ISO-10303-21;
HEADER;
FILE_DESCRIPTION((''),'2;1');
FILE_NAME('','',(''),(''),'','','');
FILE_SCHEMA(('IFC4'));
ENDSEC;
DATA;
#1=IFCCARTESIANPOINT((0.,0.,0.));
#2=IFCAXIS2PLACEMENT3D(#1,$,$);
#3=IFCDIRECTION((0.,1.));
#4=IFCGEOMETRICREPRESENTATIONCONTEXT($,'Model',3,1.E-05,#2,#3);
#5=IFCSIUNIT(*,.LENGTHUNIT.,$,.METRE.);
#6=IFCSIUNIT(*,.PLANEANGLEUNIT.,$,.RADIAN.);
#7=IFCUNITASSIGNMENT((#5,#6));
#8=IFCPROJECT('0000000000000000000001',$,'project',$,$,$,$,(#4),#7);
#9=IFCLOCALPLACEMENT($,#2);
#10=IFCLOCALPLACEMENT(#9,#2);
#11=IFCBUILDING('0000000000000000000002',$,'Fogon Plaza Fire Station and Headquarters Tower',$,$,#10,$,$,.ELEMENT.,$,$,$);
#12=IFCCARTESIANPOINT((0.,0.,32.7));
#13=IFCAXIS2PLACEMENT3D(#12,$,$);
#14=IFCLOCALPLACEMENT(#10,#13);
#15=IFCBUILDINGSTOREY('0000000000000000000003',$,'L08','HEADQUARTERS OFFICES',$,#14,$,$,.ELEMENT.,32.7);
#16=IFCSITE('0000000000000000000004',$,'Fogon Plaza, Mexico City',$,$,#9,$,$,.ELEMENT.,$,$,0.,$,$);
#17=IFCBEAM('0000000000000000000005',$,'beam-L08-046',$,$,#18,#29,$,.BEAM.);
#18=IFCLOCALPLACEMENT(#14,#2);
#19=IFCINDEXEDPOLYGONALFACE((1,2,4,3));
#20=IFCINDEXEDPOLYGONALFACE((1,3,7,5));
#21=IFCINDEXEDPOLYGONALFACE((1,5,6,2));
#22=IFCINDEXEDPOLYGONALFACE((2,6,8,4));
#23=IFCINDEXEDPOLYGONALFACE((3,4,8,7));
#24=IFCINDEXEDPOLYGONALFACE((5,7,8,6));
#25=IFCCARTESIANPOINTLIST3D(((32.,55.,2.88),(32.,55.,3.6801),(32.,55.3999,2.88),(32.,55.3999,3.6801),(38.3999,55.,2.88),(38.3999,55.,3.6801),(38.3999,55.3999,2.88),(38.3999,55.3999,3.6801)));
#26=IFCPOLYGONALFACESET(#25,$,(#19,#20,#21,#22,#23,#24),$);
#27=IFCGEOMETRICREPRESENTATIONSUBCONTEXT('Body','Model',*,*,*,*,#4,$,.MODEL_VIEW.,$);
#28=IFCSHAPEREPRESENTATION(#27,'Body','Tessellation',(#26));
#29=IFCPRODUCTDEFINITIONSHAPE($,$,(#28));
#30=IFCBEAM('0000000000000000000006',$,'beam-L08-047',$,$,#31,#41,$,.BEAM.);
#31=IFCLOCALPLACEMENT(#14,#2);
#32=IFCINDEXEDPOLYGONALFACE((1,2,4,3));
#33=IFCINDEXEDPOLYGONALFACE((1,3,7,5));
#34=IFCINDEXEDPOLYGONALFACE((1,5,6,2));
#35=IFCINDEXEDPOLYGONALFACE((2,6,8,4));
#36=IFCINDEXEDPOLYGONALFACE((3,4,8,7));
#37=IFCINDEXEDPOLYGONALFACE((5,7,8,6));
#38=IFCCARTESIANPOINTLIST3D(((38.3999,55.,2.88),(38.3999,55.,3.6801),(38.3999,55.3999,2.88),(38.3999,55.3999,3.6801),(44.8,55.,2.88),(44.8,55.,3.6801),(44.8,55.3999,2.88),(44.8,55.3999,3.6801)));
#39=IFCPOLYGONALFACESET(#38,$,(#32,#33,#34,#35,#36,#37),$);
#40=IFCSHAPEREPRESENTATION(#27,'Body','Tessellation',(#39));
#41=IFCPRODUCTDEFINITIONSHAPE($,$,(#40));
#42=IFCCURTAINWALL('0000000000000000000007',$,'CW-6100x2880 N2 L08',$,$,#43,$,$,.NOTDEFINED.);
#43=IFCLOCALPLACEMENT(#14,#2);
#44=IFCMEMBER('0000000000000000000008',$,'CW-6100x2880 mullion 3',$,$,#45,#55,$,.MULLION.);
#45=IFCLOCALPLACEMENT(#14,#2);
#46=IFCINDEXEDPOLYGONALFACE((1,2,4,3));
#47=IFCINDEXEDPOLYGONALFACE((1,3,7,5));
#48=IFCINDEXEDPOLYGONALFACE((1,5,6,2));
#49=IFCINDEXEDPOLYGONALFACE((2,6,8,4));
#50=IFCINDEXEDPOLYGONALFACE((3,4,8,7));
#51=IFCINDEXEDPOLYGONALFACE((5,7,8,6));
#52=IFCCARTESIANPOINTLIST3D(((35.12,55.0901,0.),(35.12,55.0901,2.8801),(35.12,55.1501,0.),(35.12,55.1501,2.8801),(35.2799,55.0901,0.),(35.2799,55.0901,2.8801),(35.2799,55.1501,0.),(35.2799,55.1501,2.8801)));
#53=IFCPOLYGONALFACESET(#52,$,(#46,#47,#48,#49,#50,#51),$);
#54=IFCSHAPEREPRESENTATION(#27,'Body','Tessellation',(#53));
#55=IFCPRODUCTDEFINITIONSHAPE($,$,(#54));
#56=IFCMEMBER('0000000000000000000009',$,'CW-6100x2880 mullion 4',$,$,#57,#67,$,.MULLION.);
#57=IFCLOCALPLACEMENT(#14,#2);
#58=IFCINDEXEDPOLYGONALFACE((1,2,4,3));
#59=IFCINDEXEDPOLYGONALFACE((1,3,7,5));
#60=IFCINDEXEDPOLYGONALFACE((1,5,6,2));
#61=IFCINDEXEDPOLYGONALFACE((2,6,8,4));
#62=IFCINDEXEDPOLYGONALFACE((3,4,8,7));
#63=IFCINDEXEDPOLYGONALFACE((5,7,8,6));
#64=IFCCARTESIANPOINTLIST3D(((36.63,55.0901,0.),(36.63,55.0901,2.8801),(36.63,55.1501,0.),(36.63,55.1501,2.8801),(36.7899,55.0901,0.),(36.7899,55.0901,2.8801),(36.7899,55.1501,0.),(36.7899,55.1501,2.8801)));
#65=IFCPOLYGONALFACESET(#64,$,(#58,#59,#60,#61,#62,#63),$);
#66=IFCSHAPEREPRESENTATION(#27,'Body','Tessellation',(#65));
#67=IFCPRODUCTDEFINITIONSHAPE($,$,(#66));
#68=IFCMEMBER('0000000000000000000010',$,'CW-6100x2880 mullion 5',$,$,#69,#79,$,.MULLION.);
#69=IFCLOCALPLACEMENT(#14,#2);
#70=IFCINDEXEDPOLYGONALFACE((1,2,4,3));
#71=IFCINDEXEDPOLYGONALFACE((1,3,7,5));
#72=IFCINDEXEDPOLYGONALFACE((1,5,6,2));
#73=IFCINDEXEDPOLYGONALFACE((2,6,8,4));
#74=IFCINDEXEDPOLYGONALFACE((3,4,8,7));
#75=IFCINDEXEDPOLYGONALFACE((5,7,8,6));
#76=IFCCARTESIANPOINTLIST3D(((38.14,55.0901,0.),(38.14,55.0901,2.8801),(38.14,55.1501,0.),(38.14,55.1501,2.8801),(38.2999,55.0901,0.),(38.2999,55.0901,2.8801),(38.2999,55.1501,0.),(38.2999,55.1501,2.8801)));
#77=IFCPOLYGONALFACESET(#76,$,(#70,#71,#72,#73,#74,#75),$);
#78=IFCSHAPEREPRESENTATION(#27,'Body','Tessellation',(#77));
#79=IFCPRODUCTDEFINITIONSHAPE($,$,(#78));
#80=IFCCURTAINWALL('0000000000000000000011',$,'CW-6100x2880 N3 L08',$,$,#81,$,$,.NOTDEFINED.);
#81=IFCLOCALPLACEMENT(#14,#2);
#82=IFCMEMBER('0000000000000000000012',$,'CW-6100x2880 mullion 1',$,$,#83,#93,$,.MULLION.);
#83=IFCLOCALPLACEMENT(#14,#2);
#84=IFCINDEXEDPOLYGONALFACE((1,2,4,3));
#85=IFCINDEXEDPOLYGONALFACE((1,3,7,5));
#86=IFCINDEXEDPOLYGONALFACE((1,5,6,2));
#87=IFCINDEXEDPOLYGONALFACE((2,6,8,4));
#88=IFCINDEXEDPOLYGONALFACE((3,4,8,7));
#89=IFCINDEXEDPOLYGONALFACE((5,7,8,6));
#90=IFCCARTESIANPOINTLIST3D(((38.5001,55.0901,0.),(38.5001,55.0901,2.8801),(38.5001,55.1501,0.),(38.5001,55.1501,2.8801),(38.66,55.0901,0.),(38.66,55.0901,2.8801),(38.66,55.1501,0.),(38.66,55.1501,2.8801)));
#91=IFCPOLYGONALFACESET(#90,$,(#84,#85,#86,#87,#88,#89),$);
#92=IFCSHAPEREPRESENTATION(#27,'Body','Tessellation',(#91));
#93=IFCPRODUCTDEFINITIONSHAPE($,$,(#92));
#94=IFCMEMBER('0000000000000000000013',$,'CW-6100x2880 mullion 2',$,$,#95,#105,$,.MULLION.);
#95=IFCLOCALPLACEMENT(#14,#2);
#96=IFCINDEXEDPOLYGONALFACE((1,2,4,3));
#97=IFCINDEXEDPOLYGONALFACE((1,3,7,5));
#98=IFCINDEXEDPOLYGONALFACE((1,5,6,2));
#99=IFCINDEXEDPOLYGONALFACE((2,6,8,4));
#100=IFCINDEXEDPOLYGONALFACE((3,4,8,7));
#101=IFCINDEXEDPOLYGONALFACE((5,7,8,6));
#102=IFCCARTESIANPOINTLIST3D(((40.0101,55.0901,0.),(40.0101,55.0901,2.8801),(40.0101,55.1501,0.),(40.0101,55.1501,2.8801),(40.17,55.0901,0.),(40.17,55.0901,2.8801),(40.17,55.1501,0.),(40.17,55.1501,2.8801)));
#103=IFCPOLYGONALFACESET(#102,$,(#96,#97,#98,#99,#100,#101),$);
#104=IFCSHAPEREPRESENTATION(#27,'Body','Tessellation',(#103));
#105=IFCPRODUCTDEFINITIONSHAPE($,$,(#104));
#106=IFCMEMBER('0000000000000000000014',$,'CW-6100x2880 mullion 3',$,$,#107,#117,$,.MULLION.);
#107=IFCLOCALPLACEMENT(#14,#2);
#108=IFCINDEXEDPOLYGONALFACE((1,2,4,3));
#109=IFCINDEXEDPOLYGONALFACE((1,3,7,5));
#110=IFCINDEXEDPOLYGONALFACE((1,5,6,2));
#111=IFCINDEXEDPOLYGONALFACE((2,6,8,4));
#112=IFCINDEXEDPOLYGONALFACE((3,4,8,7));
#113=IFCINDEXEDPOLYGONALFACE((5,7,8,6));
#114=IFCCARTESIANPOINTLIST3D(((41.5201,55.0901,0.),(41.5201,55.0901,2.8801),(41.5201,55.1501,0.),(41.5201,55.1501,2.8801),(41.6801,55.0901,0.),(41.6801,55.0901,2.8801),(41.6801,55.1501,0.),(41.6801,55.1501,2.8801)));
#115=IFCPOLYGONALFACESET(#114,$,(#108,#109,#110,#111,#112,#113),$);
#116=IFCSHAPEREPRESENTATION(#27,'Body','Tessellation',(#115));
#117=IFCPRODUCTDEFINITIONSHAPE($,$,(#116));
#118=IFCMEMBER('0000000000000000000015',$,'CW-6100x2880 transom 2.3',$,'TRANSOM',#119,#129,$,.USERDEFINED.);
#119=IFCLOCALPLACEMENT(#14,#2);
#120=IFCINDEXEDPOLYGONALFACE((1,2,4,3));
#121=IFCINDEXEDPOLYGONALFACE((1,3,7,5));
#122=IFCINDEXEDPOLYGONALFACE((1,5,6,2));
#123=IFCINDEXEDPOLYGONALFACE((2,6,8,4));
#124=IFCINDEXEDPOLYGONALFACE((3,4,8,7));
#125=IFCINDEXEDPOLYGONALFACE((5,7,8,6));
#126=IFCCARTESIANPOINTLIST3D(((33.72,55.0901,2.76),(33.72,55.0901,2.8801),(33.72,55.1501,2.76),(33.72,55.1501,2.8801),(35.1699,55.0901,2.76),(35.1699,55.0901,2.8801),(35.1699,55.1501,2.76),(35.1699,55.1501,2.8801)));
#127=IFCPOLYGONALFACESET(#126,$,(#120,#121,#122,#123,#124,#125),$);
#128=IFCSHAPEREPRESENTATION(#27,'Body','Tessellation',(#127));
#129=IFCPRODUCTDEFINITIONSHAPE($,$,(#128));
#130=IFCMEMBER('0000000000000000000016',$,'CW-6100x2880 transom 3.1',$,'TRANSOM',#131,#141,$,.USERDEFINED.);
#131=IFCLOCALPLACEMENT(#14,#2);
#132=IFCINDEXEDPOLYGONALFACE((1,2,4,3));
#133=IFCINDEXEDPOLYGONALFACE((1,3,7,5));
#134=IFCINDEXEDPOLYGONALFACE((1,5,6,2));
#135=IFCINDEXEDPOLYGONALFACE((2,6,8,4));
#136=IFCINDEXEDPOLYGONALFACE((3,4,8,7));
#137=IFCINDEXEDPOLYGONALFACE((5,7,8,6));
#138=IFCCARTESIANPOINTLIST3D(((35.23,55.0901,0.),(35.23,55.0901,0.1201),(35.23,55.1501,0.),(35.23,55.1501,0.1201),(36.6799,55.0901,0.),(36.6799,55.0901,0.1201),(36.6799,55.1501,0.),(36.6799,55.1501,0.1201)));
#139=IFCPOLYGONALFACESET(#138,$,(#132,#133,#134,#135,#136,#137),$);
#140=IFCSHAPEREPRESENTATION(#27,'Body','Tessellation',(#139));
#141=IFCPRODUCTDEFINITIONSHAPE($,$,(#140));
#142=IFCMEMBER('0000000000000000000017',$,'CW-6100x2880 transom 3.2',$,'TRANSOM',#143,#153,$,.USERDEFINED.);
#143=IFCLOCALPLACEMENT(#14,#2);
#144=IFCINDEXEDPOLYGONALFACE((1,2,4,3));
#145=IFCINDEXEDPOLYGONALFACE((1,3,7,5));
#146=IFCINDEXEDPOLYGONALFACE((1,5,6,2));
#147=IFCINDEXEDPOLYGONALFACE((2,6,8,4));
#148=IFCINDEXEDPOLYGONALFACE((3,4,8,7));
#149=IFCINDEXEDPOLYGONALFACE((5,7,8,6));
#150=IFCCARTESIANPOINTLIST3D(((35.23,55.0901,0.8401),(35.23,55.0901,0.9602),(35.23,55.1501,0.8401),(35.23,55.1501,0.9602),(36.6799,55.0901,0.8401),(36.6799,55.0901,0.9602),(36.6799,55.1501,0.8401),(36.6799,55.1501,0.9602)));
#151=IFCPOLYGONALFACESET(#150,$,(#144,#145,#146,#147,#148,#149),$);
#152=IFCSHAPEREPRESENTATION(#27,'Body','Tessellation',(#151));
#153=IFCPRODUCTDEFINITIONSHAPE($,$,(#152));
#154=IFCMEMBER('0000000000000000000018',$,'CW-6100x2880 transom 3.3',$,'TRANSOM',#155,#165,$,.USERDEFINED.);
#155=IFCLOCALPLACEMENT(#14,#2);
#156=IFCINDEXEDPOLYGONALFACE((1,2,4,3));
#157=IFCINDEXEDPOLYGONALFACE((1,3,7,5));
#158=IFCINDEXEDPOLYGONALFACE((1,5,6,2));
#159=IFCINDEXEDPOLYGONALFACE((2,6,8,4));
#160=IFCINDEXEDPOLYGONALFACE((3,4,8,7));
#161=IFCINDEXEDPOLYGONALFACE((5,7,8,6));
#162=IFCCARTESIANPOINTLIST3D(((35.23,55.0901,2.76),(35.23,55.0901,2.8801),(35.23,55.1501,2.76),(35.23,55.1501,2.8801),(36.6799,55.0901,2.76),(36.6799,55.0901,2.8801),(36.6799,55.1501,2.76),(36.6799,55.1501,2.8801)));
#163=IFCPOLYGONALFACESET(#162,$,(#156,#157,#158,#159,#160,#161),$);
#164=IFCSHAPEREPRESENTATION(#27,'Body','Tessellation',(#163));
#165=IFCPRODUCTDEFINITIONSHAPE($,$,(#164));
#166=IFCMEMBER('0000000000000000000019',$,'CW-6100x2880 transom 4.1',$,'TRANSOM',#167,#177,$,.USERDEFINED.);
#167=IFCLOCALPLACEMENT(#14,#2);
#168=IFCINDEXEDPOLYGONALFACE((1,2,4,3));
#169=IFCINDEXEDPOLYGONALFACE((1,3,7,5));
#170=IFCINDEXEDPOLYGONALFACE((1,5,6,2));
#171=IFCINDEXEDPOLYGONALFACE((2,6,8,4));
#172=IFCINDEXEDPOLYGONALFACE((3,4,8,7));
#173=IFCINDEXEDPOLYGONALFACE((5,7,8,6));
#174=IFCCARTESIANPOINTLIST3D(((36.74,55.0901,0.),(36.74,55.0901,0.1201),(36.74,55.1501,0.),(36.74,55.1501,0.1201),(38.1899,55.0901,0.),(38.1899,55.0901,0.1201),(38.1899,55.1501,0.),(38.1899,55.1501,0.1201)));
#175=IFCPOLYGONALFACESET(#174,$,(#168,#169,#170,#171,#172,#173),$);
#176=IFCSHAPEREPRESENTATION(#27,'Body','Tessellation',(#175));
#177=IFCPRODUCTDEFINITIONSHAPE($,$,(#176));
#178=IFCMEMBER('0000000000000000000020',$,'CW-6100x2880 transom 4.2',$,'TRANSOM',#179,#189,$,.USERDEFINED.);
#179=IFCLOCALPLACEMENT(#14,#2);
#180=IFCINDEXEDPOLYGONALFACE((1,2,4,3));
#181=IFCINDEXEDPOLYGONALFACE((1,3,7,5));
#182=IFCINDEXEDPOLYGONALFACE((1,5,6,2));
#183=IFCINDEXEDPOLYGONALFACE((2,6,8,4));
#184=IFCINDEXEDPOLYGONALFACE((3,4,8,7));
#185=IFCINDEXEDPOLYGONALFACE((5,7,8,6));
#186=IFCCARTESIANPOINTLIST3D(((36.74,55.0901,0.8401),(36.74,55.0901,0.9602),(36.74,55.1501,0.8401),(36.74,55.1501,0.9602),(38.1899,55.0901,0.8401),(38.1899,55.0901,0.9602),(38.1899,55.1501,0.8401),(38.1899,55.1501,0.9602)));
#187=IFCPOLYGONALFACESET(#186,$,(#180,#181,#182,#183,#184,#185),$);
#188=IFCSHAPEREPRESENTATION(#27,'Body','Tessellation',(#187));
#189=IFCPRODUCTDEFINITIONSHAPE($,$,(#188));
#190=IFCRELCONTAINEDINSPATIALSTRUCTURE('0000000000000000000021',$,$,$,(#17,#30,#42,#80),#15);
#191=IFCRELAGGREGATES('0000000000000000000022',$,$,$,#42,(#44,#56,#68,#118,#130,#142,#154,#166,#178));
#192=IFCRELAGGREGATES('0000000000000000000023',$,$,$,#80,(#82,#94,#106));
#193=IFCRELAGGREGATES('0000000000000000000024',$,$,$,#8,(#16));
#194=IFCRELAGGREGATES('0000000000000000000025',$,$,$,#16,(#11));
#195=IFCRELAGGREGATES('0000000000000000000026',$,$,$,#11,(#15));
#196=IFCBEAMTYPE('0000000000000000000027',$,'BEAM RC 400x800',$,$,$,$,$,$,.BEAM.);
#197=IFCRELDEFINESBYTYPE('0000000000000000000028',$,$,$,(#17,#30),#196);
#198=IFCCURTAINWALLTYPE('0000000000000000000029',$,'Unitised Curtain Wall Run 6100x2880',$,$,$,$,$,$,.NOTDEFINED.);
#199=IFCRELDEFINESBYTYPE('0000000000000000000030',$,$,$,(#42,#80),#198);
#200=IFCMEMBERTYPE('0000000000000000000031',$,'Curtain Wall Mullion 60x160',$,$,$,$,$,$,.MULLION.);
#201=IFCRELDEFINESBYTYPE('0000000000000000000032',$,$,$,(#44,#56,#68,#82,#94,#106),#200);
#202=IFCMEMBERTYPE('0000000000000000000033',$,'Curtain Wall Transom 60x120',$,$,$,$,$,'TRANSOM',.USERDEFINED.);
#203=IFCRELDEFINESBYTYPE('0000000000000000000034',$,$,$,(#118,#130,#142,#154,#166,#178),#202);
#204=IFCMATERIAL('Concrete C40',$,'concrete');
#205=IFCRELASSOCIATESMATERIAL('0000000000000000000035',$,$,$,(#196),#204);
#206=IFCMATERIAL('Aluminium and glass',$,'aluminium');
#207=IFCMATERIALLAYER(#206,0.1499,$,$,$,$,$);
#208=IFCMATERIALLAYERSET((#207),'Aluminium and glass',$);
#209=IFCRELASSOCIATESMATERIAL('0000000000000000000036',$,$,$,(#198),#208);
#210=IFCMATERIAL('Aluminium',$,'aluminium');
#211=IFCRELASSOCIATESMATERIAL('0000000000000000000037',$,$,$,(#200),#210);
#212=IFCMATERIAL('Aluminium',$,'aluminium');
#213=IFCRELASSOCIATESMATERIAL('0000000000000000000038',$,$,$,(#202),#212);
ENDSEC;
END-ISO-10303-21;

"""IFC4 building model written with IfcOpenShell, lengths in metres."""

from ifc_helpers import new_model, si_unit, direction, frame, origin, origin_2d, place, context, subcontext, project, spatial, rectangle, extrude, material, layer, layer_set, material_profile, profile_set, type_object, element, aggregate, save


model = new_model("IFC4")

# Units and contexts
model_context = context("Model", 3, precision=1e-05, world=origin(), true_north=direction((0.0, 1.0)))
body_context = subcontext(model_context, "Body", "Model", "MODEL_VIEW")
ifc_project = project(units=[si_unit("LENGTHUNIT", "METRE"), si_unit("PLANEANGLEUNIT", "RADIAN")], contexts=[model_context])

# Site, building, storey
site_placement = place(None, origin())
site = spatial("IfcSite", under=ifc_project, at=site_placement, Name="Fogon Plaza, Mexico City", CompositionType="ELEMENT", RefElevation=0.0)
building_placement = place(site_placement, origin())
building = spatial("IfcBuilding", under=site, at=building_placement, Name="Fogon Plaza Fire Station and Headquarters Tower", CompositionType="ELEMENT")
storey_placement = place(building_placement, frame((0.0, 0.0, 32.7)))
storey = spatial("IfcBuildingStorey", under=building, at=storey_placement, Name="L08", Description="HEADQUARTERS OFFICES", CompositionType="ELEMENT", Elevation=32.7)

# Beams
ifc_material_1 = material(Name="Concrete C40", Category="concrete")
ifc_material_profile_1 = material_profile(ifc_material_1, rectangle(XDim=0.3999, YDim=0.8, at=origin_2d()), Name="RC 400x800")
ifc_profile_set_1 = profile_set([ifc_material_profile_1], Name="Concrete C40")
beam_type = type_object("IfcBeamType", Name="BEAM RC 400x800", PredefinedType="BEAM", material=ifc_profile_set_1)
beam_1_placement = place(storey_placement, frame((32.0, 55.2, 3.28), z_axis=(1.0, 0.0, 0.0), x_axis=(0.0, 1.0, 0.0)))
element("IfcBeam", 1, at=beam_1_placement, inside=storey, type_object=beam_type, Name="beam-L08-046", PredefinedType="BEAM", context=body_context, shape_type="SweptSolid", body=[
    extrude(rectangle(XDim=0.3999, YDim=0.8, at=origin_2d()), origin(), (0.0, 0.0, 1.0), 6.3999),
])
beam_2_placement = place(storey_placement, frame((38.3999, 55.2, 3.28), z_axis=(1.0, 0.0, 0.0), x_axis=(0.0, 1.0, 0.0)))
element("IfcBeam", 2, at=beam_2_placement, inside=storey, type_object=beam_type, Name="beam-L08-047", PredefinedType="BEAM", context=body_context, shape_type="SweptSolid", body=[
    extrude(rectangle(XDim=0.3999, YDim=0.8, at=origin_2d()), origin(), (0.0, 0.0, 1.0), 6.4001),
])

# Curtain walls, members
ifc_material_2 = material(Name="Aluminium and glass", Category="aluminium")
ifc_layer_1 = layer(ifc_material_2, 0.1499)
ifc_layer_set_1 = layer_set([ifc_layer_1], Name="Aluminium and glass")
curtain_wall_type = type_object("IfcCurtainWallType", Name="Unitised Curtain Wall Run 6100x2880", PredefinedType="NOTDEFINED", material=ifc_layer_set_1)
curtain_wall_1_placement = place(storey_placement, origin())
curtain_wall_1 = element("IfcCurtainWall", 3, at=curtain_wall_1_placement, inside=storey, type_object=curtain_wall_type, Name="CW-6100x2880 N2 L08", PredefinedType="NOTDEFINED")
ifc_material_3 = material(Name="Aluminium", Category="aluminium")
ifc_material_profile_2 = material_profile(ifc_material_3, rectangle(XDim=0.0601, YDim=0.1599, at=origin_2d()), Name="Curtain Wall Mullion 60x160")
ifc_profile_set_2 = profile_set([ifc_material_profile_2], Name="Aluminium")
member_type_1 = type_object("IfcMemberType", Name="Curtain Wall Mullion 60x160", PredefinedType="MULLION", material=ifc_profile_set_2)
member_1_placement = place(storey_placement, frame((35.2, 55.1201, 0.0), z_axis=(0.0, 0.0, 1.0), x_axis=(0.0, 1.0, 0.0)))
member_1 = element("IfcMember", 4, at=member_1_placement, type_object=member_type_1, Name="CW-6100x2880 mullion 3", PredefinedType="MULLION", context=body_context, shape_type="SweptSolid", body=[
    extrude(rectangle(XDim=0.0601, YDim=0.1599, at=origin_2d()), origin(), (0.0, 0.0, 1.0), 2.8801),
])
member_2_placement = place(storey_placement, frame((36.71, 55.1201, 0.0), z_axis=(0.0, 0.0, 1.0), x_axis=(0.0, 1.0, 0.0)))
member_2 = element("IfcMember", 5, at=member_2_placement, type_object=member_type_1, Name="CW-6100x2880 mullion 4", PredefinedType="MULLION", context=body_context, shape_type="SweptSolid", body=[
    extrude(rectangle(XDim=0.0601, YDim=0.1599, at=origin_2d()), origin(), (0.0, 0.0, 1.0), 2.8801),
])
member_3_placement = place(storey_placement, frame((38.22, 55.1201, 0.0), z_axis=(0.0, 0.0, 1.0), x_axis=(0.0, 1.0, 0.0)))
member_3 = element("IfcMember", 6, at=member_3_placement, type_object=member_type_1, Name="CW-6100x2880 mullion 5", PredefinedType="MULLION", context=body_context, shape_type="SweptSolid", body=[
    extrude(rectangle(XDim=0.0601, YDim=0.1599, at=origin_2d()), origin(), (0.0, 0.0, 1.0), 2.8801),
])
curtain_wall_2_placement = place(storey_placement, origin())
curtain_wall_2 = element("IfcCurtainWall", 7, at=curtain_wall_2_placement, inside=storey, type_object=curtain_wall_type, Name="CW-6100x2880 N3 L08", PredefinedType="NOTDEFINED")
member_4_placement = place(storey_placement, frame((38.5801, 55.1201, 0.0), z_axis=(0.0, 0.0, 1.0), x_axis=(0.0, 1.0, 0.0)))
member_4 = element("IfcMember", 8, at=member_4_placement, type_object=member_type_1, Name="CW-6100x2880 mullion 1", PredefinedType="MULLION", context=body_context, shape_type="SweptSolid", body=[
    extrude(rectangle(XDim=0.0601, YDim=0.1599, at=origin_2d()), origin(), (0.0, 0.0, 1.0), 2.8801),
])
member_5_placement = place(storey_placement, frame((40.0901, 55.1201, 0.0), z_axis=(0.0, 0.0, 1.0), x_axis=(0.0, 1.0, 0.0)))
member_5 = element("IfcMember", 9, at=member_5_placement, type_object=member_type_1, Name="CW-6100x2880 mullion 2", PredefinedType="MULLION", context=body_context, shape_type="SweptSolid", body=[
    extrude(rectangle(XDim=0.0601, YDim=0.1599, at=origin_2d()), origin(), (0.0, 0.0, 1.0), 2.8801),
])
member_6_placement = place(storey_placement, frame((41.6001, 55.1201, 0.0), z_axis=(0.0, 0.0, 1.0), x_axis=(0.0, 1.0, 0.0)))
member_6 = element("IfcMember", 10, at=member_6_placement, type_object=member_type_1, Name="CW-6100x2880 mullion 3", PredefinedType="MULLION", context=body_context, shape_type="SweptSolid", body=[
    extrude(rectangle(XDim=0.0601, YDim=0.1599, at=origin_2d()), origin(), (0.0, 0.0, 1.0), 2.8801),
])

# Members
ifc_material_4 = material(Name="Aluminium", Category="aluminium")
ifc_material_profile_3 = material_profile(ifc_material_4, rectangle(XDim=0.0601, YDim=0.1201, at=origin_2d()), Name="Curtain Wall Transom 60x120")
ifc_profile_set_3 = profile_set([ifc_material_profile_3], Name="Aluminium")
member_type_2 = type_object("IfcMemberType", Name="Curtain Wall Transom 60x120", ElementType="TRANSOM", PredefinedType="USERDEFINED", material=ifc_profile_set_3)
member_7_placement = place(storey_placement, frame((33.72, 55.1201, 2.8201), z_axis=(1.0, 0.0, 0.0), x_axis=(0.0, 1.0, 0.0)))
member_7 = element("IfcMember", 11, at=member_7_placement, type_object=member_type_2, Name="CW-6100x2880 transom 2.3", ObjectType="TRANSOM", PredefinedType="USERDEFINED", context=body_context, shape_type="SweptSolid", body=[
    extrude(rectangle(XDim=0.0601, YDim=0.1201, at=origin_2d()), origin(), (0.0, 0.0, 1.0), 1.45),
])
member_8_placement = place(storey_placement, frame((35.23, 55.1201, 0.0601), z_axis=(1.0, 0.0, 0.0), x_axis=(0.0, 1.0, 0.0)))
member_8 = element("IfcMember", 12, at=member_8_placement, type_object=member_type_2, Name="CW-6100x2880 transom 3.1", ObjectType="TRANSOM", PredefinedType="USERDEFINED", context=body_context, shape_type="SweptSolid", body=[
    extrude(rectangle(XDim=0.0601, YDim=0.1201, at=origin_2d()), origin(), (0.0, 0.0, 1.0), 1.45),
])
member_9_placement = place(storey_placement, frame((35.23, 55.1201, 0.9001), z_axis=(1.0, 0.0, 0.0), x_axis=(0.0, 1.0, 0.0)))
member_9 = element("IfcMember", 13, at=member_9_placement, type_object=member_type_2, Name="CW-6100x2880 transom 3.2", ObjectType="TRANSOM", PredefinedType="USERDEFINED", context=body_context, shape_type="SweptSolid", body=[
    extrude(rectangle(XDim=0.0601, YDim=0.1201, at=origin_2d()), origin(), (0.0, 0.0, 1.0), 1.45),
])
member_10_placement = place(storey_placement, frame((35.23, 55.1201, 2.8201), z_axis=(1.0, 0.0, 0.0), x_axis=(0.0, 1.0, 0.0)))
member_10 = element("IfcMember", 14, at=member_10_placement, type_object=member_type_2, Name="CW-6100x2880 transom 3.3", ObjectType="TRANSOM", PredefinedType="USERDEFINED", context=body_context, shape_type="SweptSolid", body=[
    extrude(rectangle(XDim=0.0601, YDim=0.1201, at=origin_2d()), origin(), (0.0, 0.0, 1.0), 1.45),
])
member_11_placement = place(storey_placement, frame((36.74, 55.1201, 0.0601), z_axis=(1.0, 0.0, 0.0), x_axis=(0.0, 1.0, 0.0)))
member_11 = element("IfcMember", 15, at=member_11_placement, type_object=member_type_2, Name="CW-6100x2880 transom 4.1", ObjectType="TRANSOM", PredefinedType="USERDEFINED", context=body_context, shape_type="SweptSolid", body=[
    extrude(rectangle(XDim=0.0601, YDim=0.1201, at=origin_2d()), origin(), (0.0, 0.0, 1.0), 1.45),
])
member_12_placement = place(storey_placement, frame((36.74, 55.1201, 0.9001), z_axis=(1.0, 0.0, 0.0), x_axis=(0.0, 1.0, 0.0)))
member_12 = element("IfcMember", 16, at=member_12_placement, type_object=member_type_2, Name="CW-6100x2880 transom 4.2", ObjectType="TRANSOM", PredefinedType="USERDEFINED", context=body_context, shape_type="SweptSolid", body=[
    extrude(rectangle(XDim=0.0601, YDim=0.1201, at=origin_2d()), origin(), (0.0, 0.0, 1.0), 1.45),
])

aggregate(curtain_wall_1, [member_1, member_2, member_3, member_7, member_8, member_9, member_10, member_11, member_12])
aggregate(curtain_wall_2, [member_4, member_5, member_6])

save(model, "model.ifc")
